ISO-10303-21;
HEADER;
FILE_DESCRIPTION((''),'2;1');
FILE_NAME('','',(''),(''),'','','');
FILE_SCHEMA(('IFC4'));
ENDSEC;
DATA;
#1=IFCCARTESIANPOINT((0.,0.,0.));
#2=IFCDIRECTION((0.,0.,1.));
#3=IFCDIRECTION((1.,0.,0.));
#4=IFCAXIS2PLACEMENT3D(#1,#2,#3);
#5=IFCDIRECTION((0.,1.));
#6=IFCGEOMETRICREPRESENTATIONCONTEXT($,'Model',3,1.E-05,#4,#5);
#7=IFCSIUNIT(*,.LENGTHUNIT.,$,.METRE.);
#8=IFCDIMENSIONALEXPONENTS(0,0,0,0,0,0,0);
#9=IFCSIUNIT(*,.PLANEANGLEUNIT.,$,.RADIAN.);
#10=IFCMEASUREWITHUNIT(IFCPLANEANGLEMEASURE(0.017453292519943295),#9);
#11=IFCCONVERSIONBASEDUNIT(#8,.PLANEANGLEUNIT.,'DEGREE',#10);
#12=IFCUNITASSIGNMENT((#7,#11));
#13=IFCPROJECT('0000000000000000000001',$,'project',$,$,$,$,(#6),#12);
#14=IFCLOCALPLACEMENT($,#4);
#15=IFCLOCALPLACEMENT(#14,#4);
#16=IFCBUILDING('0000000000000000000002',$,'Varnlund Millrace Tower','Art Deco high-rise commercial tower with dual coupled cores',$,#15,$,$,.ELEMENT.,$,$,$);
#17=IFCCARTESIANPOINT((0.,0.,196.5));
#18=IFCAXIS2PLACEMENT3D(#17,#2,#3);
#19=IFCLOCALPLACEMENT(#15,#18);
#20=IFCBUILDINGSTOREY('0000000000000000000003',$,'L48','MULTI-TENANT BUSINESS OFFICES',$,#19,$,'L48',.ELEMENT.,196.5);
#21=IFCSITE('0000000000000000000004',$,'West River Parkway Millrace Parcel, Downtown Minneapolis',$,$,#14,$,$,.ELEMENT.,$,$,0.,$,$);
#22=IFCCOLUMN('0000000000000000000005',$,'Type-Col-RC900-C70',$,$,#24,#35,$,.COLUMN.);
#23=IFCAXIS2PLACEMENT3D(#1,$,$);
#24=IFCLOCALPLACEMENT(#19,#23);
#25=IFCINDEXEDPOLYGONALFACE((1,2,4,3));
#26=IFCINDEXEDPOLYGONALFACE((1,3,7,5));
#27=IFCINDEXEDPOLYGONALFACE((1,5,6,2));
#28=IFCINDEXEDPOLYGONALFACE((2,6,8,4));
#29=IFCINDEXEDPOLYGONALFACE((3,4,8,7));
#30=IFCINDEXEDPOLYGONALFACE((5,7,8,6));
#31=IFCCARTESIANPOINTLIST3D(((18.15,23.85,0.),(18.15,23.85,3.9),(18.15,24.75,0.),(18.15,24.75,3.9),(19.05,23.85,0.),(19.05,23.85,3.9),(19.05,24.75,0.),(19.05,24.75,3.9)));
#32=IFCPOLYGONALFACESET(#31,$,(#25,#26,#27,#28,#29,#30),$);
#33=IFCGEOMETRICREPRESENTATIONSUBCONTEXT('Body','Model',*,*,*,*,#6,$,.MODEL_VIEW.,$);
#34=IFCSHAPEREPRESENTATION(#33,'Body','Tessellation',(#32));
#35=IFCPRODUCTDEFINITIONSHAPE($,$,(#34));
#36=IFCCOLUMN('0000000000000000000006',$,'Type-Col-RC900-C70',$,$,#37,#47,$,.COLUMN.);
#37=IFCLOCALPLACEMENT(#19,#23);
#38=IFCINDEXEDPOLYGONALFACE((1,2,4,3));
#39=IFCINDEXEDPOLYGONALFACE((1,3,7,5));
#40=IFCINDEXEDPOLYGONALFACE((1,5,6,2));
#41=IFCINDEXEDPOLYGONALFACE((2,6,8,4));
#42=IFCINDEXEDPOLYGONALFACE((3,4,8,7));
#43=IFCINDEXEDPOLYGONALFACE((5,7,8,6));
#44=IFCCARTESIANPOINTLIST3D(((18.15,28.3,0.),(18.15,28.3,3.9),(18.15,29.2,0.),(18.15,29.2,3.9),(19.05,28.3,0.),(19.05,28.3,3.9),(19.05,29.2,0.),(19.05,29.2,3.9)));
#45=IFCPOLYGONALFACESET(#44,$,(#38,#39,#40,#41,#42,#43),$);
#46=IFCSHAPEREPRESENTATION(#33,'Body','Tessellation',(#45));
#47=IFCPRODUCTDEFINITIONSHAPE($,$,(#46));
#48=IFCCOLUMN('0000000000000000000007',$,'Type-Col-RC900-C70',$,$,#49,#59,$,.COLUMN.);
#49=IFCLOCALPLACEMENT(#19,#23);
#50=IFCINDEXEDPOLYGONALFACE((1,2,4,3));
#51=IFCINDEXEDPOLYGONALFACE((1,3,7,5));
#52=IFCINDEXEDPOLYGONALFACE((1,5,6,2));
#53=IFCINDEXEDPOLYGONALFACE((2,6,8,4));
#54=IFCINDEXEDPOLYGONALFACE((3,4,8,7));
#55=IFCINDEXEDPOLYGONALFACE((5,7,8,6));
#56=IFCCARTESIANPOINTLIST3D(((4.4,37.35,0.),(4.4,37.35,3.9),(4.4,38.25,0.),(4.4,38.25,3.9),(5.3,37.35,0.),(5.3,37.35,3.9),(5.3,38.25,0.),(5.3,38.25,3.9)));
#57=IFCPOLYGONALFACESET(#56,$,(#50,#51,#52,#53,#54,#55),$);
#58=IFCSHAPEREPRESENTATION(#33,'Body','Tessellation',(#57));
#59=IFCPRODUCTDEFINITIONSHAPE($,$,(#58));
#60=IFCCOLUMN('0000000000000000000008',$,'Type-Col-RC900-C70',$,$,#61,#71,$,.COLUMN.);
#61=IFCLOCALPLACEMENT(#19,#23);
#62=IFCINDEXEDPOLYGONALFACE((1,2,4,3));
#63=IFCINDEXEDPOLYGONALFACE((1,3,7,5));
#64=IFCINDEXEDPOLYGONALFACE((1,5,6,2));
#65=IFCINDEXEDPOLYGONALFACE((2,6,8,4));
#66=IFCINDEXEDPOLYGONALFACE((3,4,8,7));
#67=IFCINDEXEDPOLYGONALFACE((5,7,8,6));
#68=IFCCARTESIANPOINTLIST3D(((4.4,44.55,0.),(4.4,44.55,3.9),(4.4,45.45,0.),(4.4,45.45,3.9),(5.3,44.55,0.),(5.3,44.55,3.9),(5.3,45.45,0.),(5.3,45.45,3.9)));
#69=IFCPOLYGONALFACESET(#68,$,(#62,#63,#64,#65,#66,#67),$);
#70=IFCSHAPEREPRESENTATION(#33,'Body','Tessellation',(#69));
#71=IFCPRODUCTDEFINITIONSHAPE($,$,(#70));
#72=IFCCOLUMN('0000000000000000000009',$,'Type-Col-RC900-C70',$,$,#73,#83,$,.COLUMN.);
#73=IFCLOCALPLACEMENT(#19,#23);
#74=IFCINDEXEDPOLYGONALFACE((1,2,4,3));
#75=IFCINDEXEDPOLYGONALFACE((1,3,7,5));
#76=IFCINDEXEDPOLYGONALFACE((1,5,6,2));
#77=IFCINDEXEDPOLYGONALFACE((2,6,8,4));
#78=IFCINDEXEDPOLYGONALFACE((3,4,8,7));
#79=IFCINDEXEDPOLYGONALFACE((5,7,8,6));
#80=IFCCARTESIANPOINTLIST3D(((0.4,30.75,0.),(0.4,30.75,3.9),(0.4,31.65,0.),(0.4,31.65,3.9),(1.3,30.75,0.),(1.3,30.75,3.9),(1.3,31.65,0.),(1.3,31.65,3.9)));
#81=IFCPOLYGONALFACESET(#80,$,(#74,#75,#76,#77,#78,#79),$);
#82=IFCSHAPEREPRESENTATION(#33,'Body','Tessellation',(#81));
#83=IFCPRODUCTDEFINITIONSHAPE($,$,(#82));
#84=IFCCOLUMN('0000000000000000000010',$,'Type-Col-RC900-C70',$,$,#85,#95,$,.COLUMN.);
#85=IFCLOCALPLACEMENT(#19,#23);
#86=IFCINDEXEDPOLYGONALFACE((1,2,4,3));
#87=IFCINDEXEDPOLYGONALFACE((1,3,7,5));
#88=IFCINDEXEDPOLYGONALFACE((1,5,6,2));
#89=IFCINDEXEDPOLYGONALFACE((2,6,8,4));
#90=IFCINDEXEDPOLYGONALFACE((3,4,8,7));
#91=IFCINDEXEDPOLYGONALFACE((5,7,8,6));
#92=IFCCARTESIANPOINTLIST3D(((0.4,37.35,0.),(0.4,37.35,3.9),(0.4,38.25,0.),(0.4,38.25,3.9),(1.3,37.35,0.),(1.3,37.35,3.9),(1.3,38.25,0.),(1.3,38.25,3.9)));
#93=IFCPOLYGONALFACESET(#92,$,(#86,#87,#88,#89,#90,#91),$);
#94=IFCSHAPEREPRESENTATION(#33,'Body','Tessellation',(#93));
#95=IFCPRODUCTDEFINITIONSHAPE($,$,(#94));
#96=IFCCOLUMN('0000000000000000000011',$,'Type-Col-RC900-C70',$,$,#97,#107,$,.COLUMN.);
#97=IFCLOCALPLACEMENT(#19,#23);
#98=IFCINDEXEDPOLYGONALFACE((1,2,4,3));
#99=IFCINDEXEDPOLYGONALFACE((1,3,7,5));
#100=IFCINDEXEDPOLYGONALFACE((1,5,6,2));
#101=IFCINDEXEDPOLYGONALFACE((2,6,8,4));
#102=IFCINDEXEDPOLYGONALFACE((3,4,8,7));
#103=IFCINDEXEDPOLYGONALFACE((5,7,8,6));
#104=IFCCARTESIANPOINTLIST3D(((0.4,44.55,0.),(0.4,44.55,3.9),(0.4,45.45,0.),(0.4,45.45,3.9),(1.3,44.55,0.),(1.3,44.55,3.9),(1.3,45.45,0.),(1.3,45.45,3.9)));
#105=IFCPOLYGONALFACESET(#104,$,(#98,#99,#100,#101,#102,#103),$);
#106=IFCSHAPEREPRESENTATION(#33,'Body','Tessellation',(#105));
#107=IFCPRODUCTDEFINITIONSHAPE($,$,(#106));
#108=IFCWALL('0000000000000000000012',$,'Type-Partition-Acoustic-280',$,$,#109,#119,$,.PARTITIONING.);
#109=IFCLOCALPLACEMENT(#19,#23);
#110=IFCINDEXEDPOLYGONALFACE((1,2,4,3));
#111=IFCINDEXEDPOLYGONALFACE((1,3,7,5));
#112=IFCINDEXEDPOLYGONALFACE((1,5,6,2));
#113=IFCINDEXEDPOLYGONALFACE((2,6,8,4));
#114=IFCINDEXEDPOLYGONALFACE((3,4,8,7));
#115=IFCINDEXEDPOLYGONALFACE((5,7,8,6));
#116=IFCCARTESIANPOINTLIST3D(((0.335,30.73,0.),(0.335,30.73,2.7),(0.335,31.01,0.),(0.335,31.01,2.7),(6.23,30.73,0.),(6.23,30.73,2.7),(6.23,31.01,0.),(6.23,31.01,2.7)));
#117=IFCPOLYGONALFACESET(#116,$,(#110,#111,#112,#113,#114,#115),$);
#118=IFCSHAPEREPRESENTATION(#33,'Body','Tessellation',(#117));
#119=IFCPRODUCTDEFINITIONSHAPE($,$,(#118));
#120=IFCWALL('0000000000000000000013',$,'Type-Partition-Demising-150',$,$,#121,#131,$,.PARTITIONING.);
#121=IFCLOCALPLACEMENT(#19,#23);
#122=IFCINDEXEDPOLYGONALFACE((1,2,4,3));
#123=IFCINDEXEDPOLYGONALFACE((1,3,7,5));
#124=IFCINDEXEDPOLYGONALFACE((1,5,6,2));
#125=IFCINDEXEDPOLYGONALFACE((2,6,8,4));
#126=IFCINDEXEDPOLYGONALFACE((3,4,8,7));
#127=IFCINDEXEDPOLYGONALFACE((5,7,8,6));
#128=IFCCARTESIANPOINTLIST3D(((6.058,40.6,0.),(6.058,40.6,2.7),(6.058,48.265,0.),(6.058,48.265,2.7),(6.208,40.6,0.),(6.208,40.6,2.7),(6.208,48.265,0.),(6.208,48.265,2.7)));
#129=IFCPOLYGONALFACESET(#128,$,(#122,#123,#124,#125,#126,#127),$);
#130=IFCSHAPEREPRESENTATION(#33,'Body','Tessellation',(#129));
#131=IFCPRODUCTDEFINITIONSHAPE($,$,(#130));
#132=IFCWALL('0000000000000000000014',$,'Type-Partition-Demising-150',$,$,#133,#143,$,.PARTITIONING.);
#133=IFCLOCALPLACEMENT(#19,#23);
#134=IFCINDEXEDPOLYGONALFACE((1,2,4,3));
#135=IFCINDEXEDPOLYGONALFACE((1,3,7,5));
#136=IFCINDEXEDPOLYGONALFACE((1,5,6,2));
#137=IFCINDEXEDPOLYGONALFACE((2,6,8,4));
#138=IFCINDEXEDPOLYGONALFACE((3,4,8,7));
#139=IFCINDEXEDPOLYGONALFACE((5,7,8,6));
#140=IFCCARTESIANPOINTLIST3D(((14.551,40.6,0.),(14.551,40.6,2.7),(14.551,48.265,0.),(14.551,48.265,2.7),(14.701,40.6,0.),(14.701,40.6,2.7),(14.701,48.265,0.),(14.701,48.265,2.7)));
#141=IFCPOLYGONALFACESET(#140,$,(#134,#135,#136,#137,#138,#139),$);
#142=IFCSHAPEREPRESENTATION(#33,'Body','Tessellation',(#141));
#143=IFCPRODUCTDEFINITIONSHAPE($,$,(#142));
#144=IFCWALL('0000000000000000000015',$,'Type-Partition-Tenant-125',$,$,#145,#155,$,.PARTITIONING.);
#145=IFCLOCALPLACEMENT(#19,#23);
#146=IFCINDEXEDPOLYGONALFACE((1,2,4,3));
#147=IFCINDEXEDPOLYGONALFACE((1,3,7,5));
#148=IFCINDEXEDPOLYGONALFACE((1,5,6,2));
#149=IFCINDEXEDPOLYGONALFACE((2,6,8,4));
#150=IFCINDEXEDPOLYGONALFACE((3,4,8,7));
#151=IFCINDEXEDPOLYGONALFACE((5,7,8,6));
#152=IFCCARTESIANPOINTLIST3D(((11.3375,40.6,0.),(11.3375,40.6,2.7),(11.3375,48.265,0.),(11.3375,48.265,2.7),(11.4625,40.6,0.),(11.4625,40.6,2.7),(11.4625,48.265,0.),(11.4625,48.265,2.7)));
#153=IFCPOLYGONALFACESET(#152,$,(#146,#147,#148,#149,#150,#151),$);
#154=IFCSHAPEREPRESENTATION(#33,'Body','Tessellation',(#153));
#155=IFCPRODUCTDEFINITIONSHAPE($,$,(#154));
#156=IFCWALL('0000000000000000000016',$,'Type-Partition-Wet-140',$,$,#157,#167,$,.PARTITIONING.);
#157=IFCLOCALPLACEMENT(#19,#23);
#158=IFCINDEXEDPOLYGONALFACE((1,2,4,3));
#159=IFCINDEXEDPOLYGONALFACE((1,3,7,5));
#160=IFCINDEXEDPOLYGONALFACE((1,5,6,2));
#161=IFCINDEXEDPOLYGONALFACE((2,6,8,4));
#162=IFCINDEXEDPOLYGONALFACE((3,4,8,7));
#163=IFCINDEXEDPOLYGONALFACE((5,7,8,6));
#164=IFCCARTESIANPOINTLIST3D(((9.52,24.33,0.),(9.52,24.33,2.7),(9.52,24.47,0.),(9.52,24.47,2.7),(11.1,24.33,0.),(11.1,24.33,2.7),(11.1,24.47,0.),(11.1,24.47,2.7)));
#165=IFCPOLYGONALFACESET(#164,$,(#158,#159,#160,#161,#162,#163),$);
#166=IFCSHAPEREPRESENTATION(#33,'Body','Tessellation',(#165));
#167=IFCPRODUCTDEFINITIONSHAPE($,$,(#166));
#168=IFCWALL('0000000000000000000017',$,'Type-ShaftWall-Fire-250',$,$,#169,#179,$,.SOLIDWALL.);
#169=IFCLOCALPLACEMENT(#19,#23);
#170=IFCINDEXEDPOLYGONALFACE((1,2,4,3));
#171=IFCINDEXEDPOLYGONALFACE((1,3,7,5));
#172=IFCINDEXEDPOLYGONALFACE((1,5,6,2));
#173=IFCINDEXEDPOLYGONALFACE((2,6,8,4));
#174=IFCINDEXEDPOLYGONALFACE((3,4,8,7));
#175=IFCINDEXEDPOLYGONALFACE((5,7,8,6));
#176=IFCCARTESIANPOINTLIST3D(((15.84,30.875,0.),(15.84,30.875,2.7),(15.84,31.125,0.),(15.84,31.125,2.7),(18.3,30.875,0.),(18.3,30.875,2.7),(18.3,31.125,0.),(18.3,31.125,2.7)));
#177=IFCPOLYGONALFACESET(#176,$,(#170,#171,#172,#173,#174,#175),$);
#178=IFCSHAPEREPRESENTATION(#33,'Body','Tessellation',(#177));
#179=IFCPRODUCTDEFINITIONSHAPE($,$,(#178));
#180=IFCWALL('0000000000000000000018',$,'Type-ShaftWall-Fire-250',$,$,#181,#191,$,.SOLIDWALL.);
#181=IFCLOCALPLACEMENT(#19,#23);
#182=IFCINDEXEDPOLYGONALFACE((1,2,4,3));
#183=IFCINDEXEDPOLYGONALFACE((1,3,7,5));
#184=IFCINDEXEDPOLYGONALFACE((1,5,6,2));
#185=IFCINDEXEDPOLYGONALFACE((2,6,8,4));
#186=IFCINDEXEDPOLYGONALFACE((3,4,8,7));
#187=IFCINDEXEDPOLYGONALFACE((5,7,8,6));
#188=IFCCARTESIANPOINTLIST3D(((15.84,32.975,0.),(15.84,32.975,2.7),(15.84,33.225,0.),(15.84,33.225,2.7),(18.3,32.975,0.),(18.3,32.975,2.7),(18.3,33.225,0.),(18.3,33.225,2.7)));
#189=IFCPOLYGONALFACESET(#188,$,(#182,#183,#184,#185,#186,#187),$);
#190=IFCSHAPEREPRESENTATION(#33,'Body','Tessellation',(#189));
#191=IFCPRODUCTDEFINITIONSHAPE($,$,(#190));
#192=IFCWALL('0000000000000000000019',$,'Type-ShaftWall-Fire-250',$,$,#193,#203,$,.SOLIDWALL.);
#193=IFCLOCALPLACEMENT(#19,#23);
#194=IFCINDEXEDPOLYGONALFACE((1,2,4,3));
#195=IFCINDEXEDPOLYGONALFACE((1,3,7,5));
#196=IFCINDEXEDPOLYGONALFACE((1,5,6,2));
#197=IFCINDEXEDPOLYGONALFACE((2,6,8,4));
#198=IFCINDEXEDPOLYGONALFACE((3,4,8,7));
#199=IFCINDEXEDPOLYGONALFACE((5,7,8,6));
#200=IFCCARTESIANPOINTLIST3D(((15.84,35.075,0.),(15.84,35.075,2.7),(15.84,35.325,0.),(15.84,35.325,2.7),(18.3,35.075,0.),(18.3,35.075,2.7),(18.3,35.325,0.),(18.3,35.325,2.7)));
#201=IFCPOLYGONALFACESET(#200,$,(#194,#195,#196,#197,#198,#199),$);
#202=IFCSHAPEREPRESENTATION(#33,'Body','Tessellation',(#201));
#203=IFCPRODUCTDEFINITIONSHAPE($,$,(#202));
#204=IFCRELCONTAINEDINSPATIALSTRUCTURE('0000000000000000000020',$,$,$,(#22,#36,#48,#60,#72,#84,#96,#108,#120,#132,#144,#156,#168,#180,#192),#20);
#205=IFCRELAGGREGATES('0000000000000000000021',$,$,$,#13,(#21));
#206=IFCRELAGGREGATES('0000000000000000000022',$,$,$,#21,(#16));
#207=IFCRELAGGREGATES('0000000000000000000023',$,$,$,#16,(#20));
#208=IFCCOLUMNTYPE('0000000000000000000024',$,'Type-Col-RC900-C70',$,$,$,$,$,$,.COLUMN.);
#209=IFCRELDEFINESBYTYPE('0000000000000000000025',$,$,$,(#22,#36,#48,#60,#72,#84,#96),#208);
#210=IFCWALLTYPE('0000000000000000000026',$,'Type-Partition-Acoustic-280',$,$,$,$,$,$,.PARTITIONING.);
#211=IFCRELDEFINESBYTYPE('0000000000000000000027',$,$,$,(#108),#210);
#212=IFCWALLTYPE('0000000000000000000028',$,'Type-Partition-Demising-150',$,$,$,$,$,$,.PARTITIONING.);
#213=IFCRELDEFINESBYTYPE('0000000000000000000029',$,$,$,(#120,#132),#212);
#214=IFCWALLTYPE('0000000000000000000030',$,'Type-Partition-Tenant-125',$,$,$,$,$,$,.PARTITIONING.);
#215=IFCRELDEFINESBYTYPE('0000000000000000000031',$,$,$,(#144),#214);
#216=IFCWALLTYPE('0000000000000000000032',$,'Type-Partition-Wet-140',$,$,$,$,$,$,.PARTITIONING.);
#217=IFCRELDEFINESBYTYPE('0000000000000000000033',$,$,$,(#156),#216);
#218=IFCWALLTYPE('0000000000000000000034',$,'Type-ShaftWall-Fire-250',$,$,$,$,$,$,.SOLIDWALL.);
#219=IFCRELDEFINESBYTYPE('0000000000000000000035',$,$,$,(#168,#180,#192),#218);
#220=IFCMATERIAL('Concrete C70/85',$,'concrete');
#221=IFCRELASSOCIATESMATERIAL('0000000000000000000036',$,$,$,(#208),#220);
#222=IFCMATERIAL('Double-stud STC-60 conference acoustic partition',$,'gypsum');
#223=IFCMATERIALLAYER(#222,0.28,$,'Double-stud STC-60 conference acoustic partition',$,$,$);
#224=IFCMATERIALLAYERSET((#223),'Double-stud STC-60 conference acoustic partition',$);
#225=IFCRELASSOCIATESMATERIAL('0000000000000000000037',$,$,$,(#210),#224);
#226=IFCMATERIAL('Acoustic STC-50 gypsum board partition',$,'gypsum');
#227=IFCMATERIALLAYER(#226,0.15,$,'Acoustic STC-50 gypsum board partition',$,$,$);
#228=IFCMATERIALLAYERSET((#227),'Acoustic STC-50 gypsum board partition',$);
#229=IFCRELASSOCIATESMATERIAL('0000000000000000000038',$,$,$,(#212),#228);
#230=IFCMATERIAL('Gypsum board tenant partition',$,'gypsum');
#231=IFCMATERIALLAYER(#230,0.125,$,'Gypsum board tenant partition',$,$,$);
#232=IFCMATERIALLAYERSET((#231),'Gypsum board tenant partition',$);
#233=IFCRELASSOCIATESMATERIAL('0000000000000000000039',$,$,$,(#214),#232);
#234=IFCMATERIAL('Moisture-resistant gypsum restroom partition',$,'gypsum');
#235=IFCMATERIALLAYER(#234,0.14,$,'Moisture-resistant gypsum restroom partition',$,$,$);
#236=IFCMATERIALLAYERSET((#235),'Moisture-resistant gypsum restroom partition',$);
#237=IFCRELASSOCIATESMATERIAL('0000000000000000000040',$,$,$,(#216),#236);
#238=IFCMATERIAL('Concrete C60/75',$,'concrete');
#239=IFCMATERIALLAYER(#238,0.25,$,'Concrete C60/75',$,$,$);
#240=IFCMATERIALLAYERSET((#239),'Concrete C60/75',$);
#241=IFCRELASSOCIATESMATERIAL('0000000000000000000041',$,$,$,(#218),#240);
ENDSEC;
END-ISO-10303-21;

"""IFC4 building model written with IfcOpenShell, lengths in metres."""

from ifc_helpers import new_model, entity, si_unit, converted_unit, direction, frame, origin_with_axes, origin_2d_with_axis, place, context, subcontext, project, spatial, polyline, rectangle, outline, extrude, material, layer, layer_set, material_profile, profile_set, type_object, element, save


model = new_model("IFC4")

# Units and contexts
model_context = context("Model", 3, precision=1e-05, world=origin_with_axes(), true_north=direction((0.0, 1.0)))
body_context = subcontext(model_context, "Body", "Model", "MODEL_VIEW")
ifc_project = project(units=[si_unit("LENGTHUNIT", "METRE"), converted_unit("PLANEANGLEUNIT", "DEGREE", entity("IfcPlaneAngleMeasure", 0.017453292519943295), si_unit("PLANEANGLEUNIT", "RADIAN"), dimensions=[0, 0, 0, 0, 0, 0, 0])], contexts=[model_context])

# Site, building, storey
site_placement = place(None, origin_with_axes())
site = spatial("IfcSite", under=ifc_project, at=site_placement, Name="West River Parkway Millrace Parcel, Downtown Minneapolis", CompositionType="ELEMENT", RefElevation=0.0)
building_placement = place(site_placement, origin_with_axes())
building = spatial("IfcBuilding", under=site, at=building_placement, Name="Varnlund Millrace Tower", Description="Art Deco high-rise commercial tower with dual coupled cores", CompositionType="ELEMENT")
storey_placement = place(building_placement, frame((0.0, 0.0, 196.5), z_axis=(0.0, 0.0, 1.0), x_axis=(1.0, 0.0, 0.0)))
storey = spatial("IfcBuildingStorey", under=building, at=storey_placement, Name="L48", Description="MULTI-TENANT BUSINESS OFFICES", LongName="L48", CompositionType="ELEMENT", Elevation=196.5)

# Columns
ifc_material_1 = material(Name="Concrete C70/85", Category="concrete")
ifc_material_profile = material_profile(ifc_material_1, rectangle(XDim=0.9, YDim=0.9, at=origin_2d_with_axis()), Name="Concrete C70/85")
ifc_profile_set = profile_set([ifc_material_profile], Name="Concrete C70/85")
column_type = type_object("IfcColumnType", Name="Type-Col-RC900-C70", PredefinedType="COLUMN", material=ifc_profile_set)
for number, where, z_axis, x_axis, name in (
    (1, (18.6, 24.3, 0.0), (0.0, 0.0, 1.0), (1.0, 0.0, 0.0), "Type-Col-RC900-C70"),
    (2, (18.6, 28.75, 0.0), (0.0, 0.0, 1.0), (1.0, 0.0, 0.0), "Type-Col-RC900-C70"),
    (3, (4.85, 37.8, 0.0), (0.0, 0.0, 1.0), (1.0, 0.0, 0.0), "Type-Col-RC900-C70"),
    (4, (4.85, 45.0, 0.0), (0.0, 0.0, 1.0), (1.0, 0.0, 0.0), "Type-Col-RC900-C70"),
    (5, (0.85, 31.2, 0.0), (0.0, 0.0, 1.0), (1.0, 0.0, 0.0), "Type-Col-RC900-C70"),
    (6, (0.85, 37.8, 0.0), (0.0, 0.0, 1.0), (1.0, 0.0, 0.0), "Type-Col-RC900-C70"),
    (7, (0.85, 45.0, 0.0), (0.0, 0.0, 1.0), (1.0, 0.0, 0.0), "Type-Col-RC900-C70"),
):
    element("IfcColumn", number, at=place(storey_placement, frame(where, z_axis=z_axis, x_axis=x_axis)), inside=storey, type_object=column_type, Name=name, PredefinedType="COLUMN", context=body_context, shape_type="SweptSolid", body=[
        extrude(rectangle(XDim=0.9, YDim=0.9, at=origin_2d_with_axis()), origin_with_axes(), (0.0, 0.0, 1.0), 3.9),
    ])

# Wall
ifc_material_2 = material(Name="Double-stud STC-60 conference acoustic partition", Category="gypsum")
ifc_layer_1 = layer(ifc_material_2, 0.28, Name="Double-stud STC-60 conference acoustic partition")
ifc_layer_set_1 = layer_set([ifc_layer_1], Name="Double-stud STC-60 conference acoustic partition")
wall_type_1 = type_object("IfcWallType", Name="Type-Partition-Acoustic-280", PredefinedType="PARTITIONING", material=ifc_layer_set_1)
wall_1_placement = place(storey_placement, frame((0.335, 30.87, 0.0), z_axis=(0.0, 0.0, 1.0), x_axis=(1.0, 0.0, 0.0)))
element("IfcWall", 8, at=wall_1_placement, inside=storey, type_object=wall_type_1, Name="Type-Partition-Acoustic-280", PredefinedType="PARTITIONING", context=body_context, shape_type="SweptSolid", body=[
    extrude(outline(polyline([(0.0, -0.14), (5.895, -0.14), (5.895, 0.14), (0.0, 0.14), (0.0, -0.14)])), origin_with_axes(), (0.0, 0.0, 1.0), 2.7),
])

# Walls
ifc_material_3 = material(Name="Acoustic STC-50 gypsum board partition", Category="gypsum")
ifc_layer_2 = layer(ifc_material_3, 0.15, Name="Acoustic STC-50 gypsum board partition")
ifc_layer_set_2 = layer_set([ifc_layer_2], Name="Acoustic STC-50 gypsum board partition")
wall_type_2 = type_object("IfcWallType", Name="Type-Partition-Demising-150", PredefinedType="PARTITIONING", material=ifc_layer_set_2)
for number, where, z_axis, x_axis, name in (
    (9, (6.133, 40.6, 0.0), (0.0, 0.0, 1.0), (0.0, 1.0, 0.0), "Type-Partition-Demising-150"),
    (10, (14.626, 40.6, 0.0), (0.0, 0.0, 1.0), (0.0, 1.0, 0.0), "Type-Partition-Demising-150"),
):
    element("IfcWall", number, at=place(storey_placement, frame(where, z_axis=z_axis, x_axis=x_axis)), inside=storey, type_object=wall_type_2, Name=name, PredefinedType="PARTITIONING", context=body_context, shape_type="SweptSolid", body=[
        extrude(outline(polyline([(0.0, -0.075), (7.665, -0.075), (7.665, 0.075), (0.0, 0.075), (0.0, -0.075)])), origin_with_axes(), (0.0, 0.0, 1.0), 2.7),
    ])
ifc_material_4 = material(Name="Gypsum board tenant partition", Category="gypsum")
ifc_layer_3 = layer(ifc_material_4, 0.125, Name="Gypsum board tenant partition")
ifc_layer_set_3 = layer_set([ifc_layer_3], Name="Gypsum board tenant partition")
wall_type_3 = type_object("IfcWallType", Name="Type-Partition-Tenant-125", PredefinedType="PARTITIONING", material=ifc_layer_set_3)
wall_2_placement = place(storey_placement, frame((11.4, 40.6, 0.0), z_axis=(0.0, 0.0, 1.0), x_axis=(0.0, 1.0, 0.0)))
element("IfcWall", 11, at=wall_2_placement, inside=storey, type_object=wall_type_3, Name="Type-Partition-Tenant-125", PredefinedType="PARTITIONING", context=body_context, shape_type="SweptSolid", body=[
    extrude(outline(polyline([(0.0, -0.0625), (7.665, -0.0625), (7.665, 0.0625), (0.0, 0.0625), (0.0, -0.0625)])), origin_with_axes(), (0.0, 0.0, 1.0), 2.7),
])
ifc_material_5 = material(Name="Moisture-resistant gypsum restroom partition", Category="gypsum")
ifc_layer_4 = layer(ifc_material_5, 0.14, Name="Moisture-resistant gypsum restroom partition")
ifc_layer_set_4 = layer_set([ifc_layer_4], Name="Moisture-resistant gypsum restroom partition")
wall_type_4 = type_object("IfcWallType", Name="Type-Partition-Wet-140", PredefinedType="PARTITIONING", material=ifc_layer_set_4)
wall_3_placement = place(storey_placement, frame((9.52, 24.4, 0.0), z_axis=(0.0, 0.0, 1.0), x_axis=(1.0, 0.0, 0.0)))
element("IfcWall", 12, at=wall_3_placement, inside=storey, type_object=wall_type_4, Name="Type-Partition-Wet-140", PredefinedType="PARTITIONING", context=body_context, shape_type="SweptSolid", body=[
    extrude(outline(polyline([(0.0, -0.07), (1.58, -0.07), (1.58, 0.07), (0.0, 0.07), (0.0, -0.07)])), origin_with_axes(), (0.0, 0.0, 1.0), 2.7),
])
ifc_material_6 = material(Name="Concrete C60/75", Category="concrete")
ifc_layer_5 = layer(ifc_material_6, 0.25, Name="Concrete C60/75")
ifc_layer_set_5 = layer_set([ifc_layer_5], Name="Concrete C60/75")
wall_type_5 = type_object("IfcWallType", Name="Type-ShaftWall-Fire-250", PredefinedType="SOLIDWALL", material=ifc_layer_set_5)
for number, where, z_axis, x_axis, name in (
    (13, (15.84, 31.0, 0.0), (0.0, 0.0, 1.0), (1.0, 0.0, 0.0), "Type-ShaftWall-Fire-250"),
    (14, (15.84, 33.1, 0.0), (0.0, 0.0, 1.0), (1.0, 0.0, 0.0), "Type-ShaftWall-Fire-250"),
    (15, (15.84, 35.2, 0.0), (0.0, 0.0, 1.0), (1.0, 0.0, 0.0), "Type-ShaftWall-Fire-250"),
):
    element("IfcWall", number, at=place(storey_placement, frame(where, z_axis=z_axis, x_axis=x_axis)), inside=storey, type_object=wall_type_5, Name=name, PredefinedType="SOLIDWALL", context=body_context, shape_type="SweptSolid", body=[
        extrude(outline(polyline([(0.0, -0.125), (2.46, -0.125), (2.46, 0.125), (0.0, 0.125), (0.0, -0.125)])), origin_with_axes(), (0.0, 0.0, 1.0), 2.7),
    ])

save(model, "model.ifc")
